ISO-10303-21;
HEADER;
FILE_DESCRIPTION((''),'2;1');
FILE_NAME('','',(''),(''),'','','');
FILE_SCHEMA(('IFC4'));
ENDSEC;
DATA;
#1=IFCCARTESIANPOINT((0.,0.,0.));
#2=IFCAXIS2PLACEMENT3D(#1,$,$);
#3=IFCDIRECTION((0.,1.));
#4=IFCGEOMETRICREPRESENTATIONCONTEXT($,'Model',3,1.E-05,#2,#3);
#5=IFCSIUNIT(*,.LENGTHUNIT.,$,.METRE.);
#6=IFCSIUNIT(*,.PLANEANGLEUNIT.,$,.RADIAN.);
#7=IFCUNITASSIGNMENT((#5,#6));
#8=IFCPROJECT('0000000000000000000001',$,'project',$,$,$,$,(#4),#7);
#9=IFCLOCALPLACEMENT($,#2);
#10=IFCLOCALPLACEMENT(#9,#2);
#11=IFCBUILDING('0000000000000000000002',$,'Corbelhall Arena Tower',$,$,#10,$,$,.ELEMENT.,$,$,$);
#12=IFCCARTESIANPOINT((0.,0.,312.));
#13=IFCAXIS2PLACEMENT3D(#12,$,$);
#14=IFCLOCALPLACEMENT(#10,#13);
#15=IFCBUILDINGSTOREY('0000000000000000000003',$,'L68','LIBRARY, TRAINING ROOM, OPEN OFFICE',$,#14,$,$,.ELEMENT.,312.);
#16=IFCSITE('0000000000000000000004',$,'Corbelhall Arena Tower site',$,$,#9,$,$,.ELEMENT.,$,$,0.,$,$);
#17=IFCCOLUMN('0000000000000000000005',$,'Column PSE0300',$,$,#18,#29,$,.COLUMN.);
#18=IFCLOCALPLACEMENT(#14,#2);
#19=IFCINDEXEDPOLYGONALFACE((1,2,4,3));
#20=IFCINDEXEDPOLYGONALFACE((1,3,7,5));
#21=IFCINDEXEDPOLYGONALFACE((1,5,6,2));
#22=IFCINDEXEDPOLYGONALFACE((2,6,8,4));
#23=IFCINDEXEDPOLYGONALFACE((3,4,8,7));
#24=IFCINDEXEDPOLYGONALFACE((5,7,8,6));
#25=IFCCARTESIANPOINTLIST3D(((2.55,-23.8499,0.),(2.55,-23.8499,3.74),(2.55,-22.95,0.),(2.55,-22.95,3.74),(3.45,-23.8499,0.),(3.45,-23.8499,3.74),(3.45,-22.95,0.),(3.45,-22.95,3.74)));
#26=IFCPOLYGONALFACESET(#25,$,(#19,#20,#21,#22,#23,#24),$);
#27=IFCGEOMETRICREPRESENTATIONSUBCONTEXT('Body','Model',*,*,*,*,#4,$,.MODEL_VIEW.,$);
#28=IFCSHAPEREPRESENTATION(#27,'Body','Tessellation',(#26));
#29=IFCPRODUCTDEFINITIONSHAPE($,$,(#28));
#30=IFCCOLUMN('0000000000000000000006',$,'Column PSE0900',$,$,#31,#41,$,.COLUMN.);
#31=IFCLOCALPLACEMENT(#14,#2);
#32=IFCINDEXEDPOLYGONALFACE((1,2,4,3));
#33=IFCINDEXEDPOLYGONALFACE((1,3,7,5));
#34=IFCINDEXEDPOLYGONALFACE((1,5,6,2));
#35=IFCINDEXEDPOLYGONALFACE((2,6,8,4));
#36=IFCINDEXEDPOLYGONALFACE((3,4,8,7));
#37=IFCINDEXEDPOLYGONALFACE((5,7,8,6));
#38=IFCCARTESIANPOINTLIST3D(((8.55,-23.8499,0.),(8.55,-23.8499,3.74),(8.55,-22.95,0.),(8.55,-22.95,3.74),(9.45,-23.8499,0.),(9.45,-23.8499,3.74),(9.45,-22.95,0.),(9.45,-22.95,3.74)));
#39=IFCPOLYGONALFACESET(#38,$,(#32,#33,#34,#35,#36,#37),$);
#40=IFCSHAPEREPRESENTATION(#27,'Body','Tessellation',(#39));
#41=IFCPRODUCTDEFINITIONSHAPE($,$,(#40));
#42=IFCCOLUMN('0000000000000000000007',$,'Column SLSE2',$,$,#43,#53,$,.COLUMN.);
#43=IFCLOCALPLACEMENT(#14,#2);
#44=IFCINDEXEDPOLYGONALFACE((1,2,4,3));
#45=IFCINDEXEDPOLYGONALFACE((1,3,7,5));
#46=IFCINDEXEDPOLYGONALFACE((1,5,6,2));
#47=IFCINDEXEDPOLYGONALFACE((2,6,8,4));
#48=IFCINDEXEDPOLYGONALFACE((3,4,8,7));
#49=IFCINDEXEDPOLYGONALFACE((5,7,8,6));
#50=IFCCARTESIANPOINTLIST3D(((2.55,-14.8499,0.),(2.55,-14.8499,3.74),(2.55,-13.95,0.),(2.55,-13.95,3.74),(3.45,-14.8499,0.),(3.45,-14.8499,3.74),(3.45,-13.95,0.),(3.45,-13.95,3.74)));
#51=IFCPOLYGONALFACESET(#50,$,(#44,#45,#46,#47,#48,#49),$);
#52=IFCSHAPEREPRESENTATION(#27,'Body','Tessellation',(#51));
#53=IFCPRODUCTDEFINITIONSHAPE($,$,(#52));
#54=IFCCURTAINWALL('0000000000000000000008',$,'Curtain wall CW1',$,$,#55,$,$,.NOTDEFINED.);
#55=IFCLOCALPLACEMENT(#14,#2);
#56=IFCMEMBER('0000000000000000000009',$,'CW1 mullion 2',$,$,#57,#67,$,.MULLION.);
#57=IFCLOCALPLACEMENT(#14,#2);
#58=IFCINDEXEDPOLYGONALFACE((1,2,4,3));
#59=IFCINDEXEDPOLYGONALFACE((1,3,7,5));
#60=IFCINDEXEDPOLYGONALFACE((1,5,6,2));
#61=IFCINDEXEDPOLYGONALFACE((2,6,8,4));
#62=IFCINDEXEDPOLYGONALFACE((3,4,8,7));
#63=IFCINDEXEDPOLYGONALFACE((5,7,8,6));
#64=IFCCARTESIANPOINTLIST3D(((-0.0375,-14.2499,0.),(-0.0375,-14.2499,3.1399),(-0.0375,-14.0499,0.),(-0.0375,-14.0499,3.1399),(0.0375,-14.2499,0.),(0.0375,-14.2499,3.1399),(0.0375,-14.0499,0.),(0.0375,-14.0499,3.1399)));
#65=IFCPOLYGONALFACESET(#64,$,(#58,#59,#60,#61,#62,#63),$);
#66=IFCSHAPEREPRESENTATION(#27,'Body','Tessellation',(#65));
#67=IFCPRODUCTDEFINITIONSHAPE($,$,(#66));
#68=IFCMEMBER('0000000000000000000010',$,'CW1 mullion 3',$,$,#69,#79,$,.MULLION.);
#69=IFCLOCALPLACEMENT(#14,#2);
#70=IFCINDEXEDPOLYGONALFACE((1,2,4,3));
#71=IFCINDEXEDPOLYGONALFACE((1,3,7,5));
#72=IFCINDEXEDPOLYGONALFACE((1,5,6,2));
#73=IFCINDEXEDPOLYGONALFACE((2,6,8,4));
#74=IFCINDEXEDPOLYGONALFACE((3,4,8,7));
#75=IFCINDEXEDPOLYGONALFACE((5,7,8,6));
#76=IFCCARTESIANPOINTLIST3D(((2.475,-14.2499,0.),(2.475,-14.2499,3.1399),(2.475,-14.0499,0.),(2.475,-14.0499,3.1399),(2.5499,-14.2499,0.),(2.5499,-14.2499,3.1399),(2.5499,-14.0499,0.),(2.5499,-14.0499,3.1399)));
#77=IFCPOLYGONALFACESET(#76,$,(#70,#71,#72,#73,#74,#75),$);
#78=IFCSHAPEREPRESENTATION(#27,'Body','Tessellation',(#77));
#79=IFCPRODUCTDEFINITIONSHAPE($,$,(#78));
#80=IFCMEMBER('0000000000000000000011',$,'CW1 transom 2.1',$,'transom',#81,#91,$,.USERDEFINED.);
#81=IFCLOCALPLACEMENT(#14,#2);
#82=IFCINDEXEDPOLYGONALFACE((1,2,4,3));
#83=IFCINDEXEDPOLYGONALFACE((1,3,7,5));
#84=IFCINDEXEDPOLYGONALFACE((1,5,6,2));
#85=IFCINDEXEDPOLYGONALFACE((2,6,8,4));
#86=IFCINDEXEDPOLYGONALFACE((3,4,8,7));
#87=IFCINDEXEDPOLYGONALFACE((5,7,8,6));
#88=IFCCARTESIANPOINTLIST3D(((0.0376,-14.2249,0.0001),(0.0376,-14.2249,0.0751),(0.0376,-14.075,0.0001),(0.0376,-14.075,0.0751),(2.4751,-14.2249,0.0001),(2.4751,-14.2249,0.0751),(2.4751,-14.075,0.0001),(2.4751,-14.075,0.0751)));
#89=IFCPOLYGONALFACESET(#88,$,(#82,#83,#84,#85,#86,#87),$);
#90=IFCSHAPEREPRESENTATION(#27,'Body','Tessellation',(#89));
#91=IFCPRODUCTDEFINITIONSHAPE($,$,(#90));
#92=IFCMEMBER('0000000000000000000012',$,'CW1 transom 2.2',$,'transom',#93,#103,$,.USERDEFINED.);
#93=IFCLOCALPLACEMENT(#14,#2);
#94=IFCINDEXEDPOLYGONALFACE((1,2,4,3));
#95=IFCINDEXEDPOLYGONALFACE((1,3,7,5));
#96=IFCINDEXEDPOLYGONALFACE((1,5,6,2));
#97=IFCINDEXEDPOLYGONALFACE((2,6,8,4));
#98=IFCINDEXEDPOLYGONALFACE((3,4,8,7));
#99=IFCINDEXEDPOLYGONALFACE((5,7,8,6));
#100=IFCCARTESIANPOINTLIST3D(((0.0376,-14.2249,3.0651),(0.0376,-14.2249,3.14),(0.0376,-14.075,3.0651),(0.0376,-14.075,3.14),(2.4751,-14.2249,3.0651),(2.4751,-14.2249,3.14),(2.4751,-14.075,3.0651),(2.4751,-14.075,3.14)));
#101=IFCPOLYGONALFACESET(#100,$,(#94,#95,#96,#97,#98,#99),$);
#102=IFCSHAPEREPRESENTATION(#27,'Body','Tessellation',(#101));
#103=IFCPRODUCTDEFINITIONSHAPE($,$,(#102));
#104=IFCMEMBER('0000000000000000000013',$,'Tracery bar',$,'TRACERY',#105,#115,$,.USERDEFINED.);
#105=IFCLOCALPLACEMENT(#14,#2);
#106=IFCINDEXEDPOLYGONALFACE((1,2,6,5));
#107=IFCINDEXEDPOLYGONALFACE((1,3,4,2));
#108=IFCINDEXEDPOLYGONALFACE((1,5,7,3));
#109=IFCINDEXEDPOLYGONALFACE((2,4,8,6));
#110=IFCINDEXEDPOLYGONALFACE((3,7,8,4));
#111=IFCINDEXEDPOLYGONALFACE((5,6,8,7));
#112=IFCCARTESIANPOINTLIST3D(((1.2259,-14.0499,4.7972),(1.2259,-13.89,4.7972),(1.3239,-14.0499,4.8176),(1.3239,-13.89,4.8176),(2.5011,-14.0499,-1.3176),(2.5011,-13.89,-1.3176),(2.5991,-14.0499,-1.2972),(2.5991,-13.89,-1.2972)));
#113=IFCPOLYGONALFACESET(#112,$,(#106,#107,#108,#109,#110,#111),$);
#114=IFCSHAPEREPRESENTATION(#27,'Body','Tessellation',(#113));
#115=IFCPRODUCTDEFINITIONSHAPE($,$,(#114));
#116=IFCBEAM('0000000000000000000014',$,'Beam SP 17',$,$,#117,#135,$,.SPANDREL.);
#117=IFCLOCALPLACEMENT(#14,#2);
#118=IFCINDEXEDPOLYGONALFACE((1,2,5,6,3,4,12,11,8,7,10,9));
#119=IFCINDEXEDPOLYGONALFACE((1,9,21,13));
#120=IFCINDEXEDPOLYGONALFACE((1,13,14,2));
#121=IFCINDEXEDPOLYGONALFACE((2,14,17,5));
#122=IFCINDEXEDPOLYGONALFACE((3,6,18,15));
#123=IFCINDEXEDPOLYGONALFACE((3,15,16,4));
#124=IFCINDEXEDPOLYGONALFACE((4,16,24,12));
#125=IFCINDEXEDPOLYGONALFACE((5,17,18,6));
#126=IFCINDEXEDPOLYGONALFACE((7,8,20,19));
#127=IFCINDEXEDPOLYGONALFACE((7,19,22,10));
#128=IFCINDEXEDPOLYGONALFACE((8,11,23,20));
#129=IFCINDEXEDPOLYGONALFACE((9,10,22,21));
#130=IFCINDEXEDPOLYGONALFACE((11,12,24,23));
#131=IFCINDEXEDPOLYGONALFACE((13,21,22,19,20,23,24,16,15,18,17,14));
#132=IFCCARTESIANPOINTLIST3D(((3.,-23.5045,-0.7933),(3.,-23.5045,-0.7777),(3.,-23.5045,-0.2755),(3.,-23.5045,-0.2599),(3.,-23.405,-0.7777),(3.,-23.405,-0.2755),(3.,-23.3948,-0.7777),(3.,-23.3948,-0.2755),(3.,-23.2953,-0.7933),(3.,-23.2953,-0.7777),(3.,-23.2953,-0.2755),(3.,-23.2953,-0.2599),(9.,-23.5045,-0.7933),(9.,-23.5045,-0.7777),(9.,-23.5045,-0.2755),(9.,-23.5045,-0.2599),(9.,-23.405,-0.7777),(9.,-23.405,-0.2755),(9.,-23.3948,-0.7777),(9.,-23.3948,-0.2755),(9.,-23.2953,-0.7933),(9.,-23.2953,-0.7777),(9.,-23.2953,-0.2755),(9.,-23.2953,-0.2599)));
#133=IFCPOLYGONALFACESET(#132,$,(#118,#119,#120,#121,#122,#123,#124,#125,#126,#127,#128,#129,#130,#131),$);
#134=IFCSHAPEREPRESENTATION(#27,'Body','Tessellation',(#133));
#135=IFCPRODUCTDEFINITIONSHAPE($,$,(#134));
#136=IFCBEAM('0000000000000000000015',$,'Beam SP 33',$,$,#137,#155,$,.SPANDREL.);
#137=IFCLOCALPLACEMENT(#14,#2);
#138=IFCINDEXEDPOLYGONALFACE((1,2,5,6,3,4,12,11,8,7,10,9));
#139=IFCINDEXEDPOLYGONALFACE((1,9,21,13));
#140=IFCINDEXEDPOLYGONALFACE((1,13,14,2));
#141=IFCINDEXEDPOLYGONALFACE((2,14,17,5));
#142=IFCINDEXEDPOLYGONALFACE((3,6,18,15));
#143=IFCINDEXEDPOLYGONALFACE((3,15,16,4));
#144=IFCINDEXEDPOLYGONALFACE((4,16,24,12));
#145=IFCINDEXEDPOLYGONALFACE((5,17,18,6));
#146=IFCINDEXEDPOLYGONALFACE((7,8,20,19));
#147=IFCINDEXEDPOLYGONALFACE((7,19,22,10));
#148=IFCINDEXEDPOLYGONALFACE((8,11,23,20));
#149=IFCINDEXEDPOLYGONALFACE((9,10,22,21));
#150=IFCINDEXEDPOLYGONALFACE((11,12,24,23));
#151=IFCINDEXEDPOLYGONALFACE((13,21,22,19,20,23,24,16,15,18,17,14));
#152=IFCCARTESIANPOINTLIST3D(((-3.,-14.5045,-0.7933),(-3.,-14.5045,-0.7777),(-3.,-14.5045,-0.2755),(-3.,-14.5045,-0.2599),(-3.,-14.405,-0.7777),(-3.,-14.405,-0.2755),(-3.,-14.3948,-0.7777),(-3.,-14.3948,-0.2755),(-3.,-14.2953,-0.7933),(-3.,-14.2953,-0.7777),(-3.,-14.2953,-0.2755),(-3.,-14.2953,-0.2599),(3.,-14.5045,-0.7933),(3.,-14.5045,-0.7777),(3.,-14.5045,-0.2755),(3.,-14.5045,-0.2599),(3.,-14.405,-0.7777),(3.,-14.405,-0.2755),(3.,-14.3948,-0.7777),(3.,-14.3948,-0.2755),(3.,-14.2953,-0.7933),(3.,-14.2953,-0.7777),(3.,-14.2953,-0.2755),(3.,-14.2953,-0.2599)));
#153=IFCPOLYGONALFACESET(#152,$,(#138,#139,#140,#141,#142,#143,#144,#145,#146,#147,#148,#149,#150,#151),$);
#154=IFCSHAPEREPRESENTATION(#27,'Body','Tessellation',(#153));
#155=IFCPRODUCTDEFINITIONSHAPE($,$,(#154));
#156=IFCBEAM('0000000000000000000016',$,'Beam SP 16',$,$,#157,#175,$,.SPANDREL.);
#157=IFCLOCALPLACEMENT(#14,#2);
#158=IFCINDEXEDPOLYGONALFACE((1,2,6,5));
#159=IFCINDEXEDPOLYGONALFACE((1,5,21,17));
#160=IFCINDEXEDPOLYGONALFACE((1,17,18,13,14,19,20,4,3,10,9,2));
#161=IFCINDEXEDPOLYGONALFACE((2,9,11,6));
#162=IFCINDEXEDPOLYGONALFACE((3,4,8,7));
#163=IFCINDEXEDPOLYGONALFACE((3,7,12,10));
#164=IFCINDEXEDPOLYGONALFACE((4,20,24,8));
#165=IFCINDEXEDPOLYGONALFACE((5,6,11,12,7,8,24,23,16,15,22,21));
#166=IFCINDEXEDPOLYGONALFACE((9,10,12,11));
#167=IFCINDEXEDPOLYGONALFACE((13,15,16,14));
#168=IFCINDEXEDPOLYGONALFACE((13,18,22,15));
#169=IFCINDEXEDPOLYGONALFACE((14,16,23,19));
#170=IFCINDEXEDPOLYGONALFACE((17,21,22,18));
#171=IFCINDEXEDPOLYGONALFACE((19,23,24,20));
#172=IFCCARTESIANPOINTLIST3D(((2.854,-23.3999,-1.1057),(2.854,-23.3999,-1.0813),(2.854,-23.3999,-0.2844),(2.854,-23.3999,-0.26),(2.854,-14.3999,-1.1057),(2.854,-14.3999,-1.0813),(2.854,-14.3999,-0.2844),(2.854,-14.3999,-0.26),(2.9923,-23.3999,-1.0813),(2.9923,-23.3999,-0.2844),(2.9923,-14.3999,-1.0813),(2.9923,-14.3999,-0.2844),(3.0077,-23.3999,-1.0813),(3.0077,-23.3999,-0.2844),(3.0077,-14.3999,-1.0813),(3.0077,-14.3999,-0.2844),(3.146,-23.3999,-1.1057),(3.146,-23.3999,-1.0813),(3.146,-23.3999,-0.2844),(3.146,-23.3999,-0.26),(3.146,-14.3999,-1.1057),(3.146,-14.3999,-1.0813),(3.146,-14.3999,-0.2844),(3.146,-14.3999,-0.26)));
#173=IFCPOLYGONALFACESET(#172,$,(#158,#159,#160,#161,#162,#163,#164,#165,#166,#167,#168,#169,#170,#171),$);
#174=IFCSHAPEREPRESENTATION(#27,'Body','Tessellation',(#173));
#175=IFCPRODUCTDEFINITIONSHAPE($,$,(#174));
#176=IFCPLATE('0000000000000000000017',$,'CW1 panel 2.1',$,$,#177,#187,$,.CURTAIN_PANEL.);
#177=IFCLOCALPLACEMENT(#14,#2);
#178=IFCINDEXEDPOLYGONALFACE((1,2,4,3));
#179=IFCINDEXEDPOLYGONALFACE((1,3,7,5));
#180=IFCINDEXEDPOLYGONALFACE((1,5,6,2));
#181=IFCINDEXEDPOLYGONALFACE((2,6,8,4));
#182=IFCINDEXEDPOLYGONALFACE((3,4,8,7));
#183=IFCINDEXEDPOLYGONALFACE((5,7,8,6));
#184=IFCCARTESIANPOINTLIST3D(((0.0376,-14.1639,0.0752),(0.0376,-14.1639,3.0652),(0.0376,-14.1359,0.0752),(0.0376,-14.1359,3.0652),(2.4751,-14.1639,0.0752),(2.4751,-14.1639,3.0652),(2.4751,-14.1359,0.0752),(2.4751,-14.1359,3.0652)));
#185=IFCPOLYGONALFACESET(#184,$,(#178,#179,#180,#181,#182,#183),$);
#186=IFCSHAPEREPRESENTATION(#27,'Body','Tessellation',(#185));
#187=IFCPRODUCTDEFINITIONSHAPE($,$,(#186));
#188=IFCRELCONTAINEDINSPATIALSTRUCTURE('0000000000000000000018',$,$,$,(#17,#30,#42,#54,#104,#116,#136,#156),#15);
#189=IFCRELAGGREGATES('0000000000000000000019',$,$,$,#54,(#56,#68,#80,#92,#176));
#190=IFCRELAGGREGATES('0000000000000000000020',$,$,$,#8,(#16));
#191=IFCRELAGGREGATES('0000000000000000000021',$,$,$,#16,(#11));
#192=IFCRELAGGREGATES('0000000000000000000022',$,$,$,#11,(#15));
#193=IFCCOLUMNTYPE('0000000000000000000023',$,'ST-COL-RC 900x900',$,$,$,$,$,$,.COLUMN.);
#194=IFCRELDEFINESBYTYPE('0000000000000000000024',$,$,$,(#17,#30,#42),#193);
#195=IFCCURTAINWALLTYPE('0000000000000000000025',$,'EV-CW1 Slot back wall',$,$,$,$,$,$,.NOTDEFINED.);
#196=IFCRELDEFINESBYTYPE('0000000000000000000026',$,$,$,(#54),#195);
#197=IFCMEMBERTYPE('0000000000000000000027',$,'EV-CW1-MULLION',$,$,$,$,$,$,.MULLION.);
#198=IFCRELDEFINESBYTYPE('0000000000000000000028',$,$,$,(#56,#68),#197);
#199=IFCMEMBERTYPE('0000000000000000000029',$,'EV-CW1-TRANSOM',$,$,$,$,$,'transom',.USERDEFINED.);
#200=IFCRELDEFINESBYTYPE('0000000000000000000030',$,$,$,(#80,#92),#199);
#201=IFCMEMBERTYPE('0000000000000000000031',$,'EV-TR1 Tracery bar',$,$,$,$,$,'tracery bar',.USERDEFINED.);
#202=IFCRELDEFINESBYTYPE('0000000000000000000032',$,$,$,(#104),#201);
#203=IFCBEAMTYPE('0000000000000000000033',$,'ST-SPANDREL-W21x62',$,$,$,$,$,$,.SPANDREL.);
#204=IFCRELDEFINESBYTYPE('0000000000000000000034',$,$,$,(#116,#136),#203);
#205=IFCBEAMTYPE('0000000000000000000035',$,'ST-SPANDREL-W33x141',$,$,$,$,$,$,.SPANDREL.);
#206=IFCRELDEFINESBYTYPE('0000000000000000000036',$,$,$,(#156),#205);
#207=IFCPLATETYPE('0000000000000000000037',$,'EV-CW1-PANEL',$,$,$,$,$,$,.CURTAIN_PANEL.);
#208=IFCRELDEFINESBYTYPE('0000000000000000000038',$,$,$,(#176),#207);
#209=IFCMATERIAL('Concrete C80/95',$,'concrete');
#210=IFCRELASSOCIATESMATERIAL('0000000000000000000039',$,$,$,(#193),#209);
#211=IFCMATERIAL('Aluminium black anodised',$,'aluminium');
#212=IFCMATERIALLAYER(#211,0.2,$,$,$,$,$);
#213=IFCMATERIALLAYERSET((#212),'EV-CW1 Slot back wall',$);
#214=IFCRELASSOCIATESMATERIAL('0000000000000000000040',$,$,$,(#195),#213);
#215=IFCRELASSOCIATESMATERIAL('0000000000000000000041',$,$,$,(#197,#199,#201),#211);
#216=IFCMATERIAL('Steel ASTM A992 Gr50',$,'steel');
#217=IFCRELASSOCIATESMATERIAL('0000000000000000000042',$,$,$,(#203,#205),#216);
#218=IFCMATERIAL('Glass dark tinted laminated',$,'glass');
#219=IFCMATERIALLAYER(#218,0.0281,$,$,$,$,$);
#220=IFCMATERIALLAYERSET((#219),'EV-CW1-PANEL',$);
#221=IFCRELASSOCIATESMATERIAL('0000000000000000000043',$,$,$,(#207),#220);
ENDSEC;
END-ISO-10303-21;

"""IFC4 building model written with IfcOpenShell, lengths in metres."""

from ifc_helpers import new_model, si_unit, direction, frame, origin, origin_2d, place, context, subcontext, project, spatial, rectangle, i_section, extrude, material, layer, layer_set, material_profile, profile_set, type_object, element, aggregate, save


model = new_model("IFC4")

# Units and contexts
model_context = context("Model", 3, precision=1e-05, world=origin(), true_north=direction((0.0, 1.0)))
body_context = subcontext(model_context, "Body", "Model", "MODEL_VIEW")
ifc_project = project(units=[si_unit("LENGTHUNIT", "METRE"), si_unit("PLANEANGLEUNIT", "RADIAN")], contexts=[model_context])

# Site, building, storey
site_placement = place(None, origin())
site = spatial("IfcSite", under=ifc_project, at=site_placement, Name="Corbelhall Arena Tower site", CompositionType="ELEMENT", RefElevation=0.0)
building_placement = place(site_placement, origin())
building = spatial("IfcBuilding", under=site, at=building_placement, Name="Corbelhall Arena Tower", CompositionType="ELEMENT")
storey_placement = place(building_placement, frame((0.0, 0.0, 312.0)))
storey = spatial("IfcBuildingStorey", under=building, at=storey_placement, Name="L68", Description="LIBRARY, TRAINING ROOM, OPEN OFFICE", CompositionType="ELEMENT", Elevation=312.0)

# Columns
ifc_material_1 = material(Name="Concrete C80/95", Category="concrete")
ifc_material_profile_1 = material_profile(ifc_material_1, rectangle(XDim=0.8999, YDim=0.8999, at=origin_2d()))
ifc_profile_set_1 = profile_set([ifc_material_profile_1], Name="Concrete C80/95")
column_type = type_object("IfcColumnType", Name="ST-COL-RC 900x900", PredefinedType="COLUMN", material=ifc_profile_set_1)
for number, where, z_axis, x_axis, name in (
    (1, (3.0, -23.3999, 0.0), (0.0, 0.0, 1.0), (1.0, 0.0, 0.0), "Column PSE0300"),
    (2, (9.0, -23.3999, 0.0), (0.0, 0.0, 1.0), (1.0, 0.0, 0.0), "Column PSE0900"),
    (3, (3.0, -14.3999, 0.0), (0.0, 0.0, 1.0), (1.0, 0.0, 0.0), "Column SLSE2"),
):
    element("IfcColumn", number, at=place(storey_placement, frame(where, z_axis=z_axis, x_axis=x_axis)), inside=storey, type_object=column_type, Name=name, PredefinedType="COLUMN", context=body_context, shape_type="SweptSolid", body=[
        extrude(rectangle(XDim=0.8999, YDim=0.8999, at=origin_2d()), origin(), (0.0, 0.0, 1.0), 3.74),
    ])

# Curtain wall, members
ifc_material_2 = material(Name="Aluminium black anodised", Category="aluminium")
ifc_layer_1 = layer(ifc_material_2, 0.2)
ifc_layer_set_1 = layer_set([ifc_layer_1], Name="EV-CW1 Slot back wall")
curtain_wall_type = type_object("IfcCurtainWallType", Name="EV-CW1 Slot back wall", PredefinedType="NOTDEFINED", material=ifc_layer_set_1)
curtain_wall_placement = place(storey_placement, origin())
curtain_wall = element("IfcCurtainWall", 4, at=curtain_wall_placement, inside=storey, type_object=curtain_wall_type, Name="Curtain wall CW1", PredefinedType="NOTDEFINED")
ifc_material_profile_2 = material_profile(ifc_material_2, rectangle(XDim=0.2, YDim=0.075, at=origin_2d()))
ifc_profile_set_2 = profile_set([ifc_material_profile_2], Name="Aluminium black anodised")
member_type_1 = type_object("IfcMemberType", Name="EV-CW1-MULLION", PredefinedType="MULLION", material=ifc_profile_set_2)
member_1_placement = place(storey_placement, frame((0.0, -14.1499, 0.0), z_axis=(0.0, 0.0, 1.0), x_axis=(0.0, 1.0, 0.0)))
member_1 = element("IfcMember", 5, at=member_1_placement, type_object=member_type_1, Name="CW1 mullion 2", PredefinedType="MULLION", context=body_context, shape_type="SweptSolid", body=[
    extrude(rectangle(XDim=0.2, YDim=0.075, at=origin_2d()), origin(), (0.0, 0.0, 1.0), 3.1399),
])
member_2_placement = place(storey_placement, frame((2.5125, -14.1499, 0.0), z_axis=(0.0, 0.0, 1.0), x_axis=(0.0, 1.0, 0.0)))
member_2 = element("IfcMember", 6, at=member_2_placement, type_object=member_type_1, Name="CW1 mullion 3", PredefinedType="MULLION", context=body_context, shape_type="SweptSolid", body=[
    extrude(rectangle(XDim=0.2, YDim=0.075, at=origin_2d()), origin(), (0.0, 0.0, 1.0), 3.1399),
])
ifc_material_profile_3 = material_profile(ifc_material_2, rectangle(XDim=0.1499, YDim=0.075, at=origin_2d()))
ifc_profile_set_3 = profile_set([ifc_material_profile_3], Name="Aluminium black anodised")
member_type_2 = type_object("IfcMemberType", Name="EV-CW1-TRANSOM", ElementType="transom", PredefinedType="USERDEFINED", material=ifc_profile_set_3)
member_3_placement = place(storey_placement, frame((0.0376, -14.1499, 0.0376), z_axis=(1.0, 0.0, 0.0), x_axis=(0.0, 1.0, 0.0)))
member_3 = element("IfcMember", 7, at=member_3_placement, type_object=member_type_2, Name="CW1 transom 2.1", ObjectType="transom", PredefinedType="USERDEFINED", context=body_context, shape_type="SweptSolid", body=[
    extrude(rectangle(XDim=0.1499, YDim=0.075, at=origin_2d()), origin(), (0.0, 0.0, 1.0), 2.4375),
])
member_4_placement = place(storey_placement, frame((0.0376, -14.1499, 3.1025), z_axis=(1.0, 0.0, 0.0), x_axis=(0.0, 1.0, 0.0)))
member_4 = element("IfcMember", 8, at=member_4_placement, type_object=member_type_2, Name="CW1 transom 2.2", ObjectType="transom", PredefinedType="USERDEFINED", context=body_context, shape_type="SweptSolid", body=[
    extrude(rectangle(XDim=0.1499, YDim=0.075, at=origin_2d()), origin(), (0.0, 0.0, 1.0), 2.4375),
])

# Member
ifc_material_profile_4 = material_profile(ifc_material_2, rectangle(XDim=0.1599, YDim=0.1001, at=origin_2d()))
ifc_profile_set_4 = profile_set([ifc_material_profile_4], Name="Aluminium black anodised")
member_type_3 = type_object("IfcMemberType", Name="EV-TR1 Tracery bar", ElementType="tracery bar", PredefinedType="USERDEFINED", material=ifc_profile_set_4)
member_5_placement = place(storey_placement, frame((1.2749, -13.97, 4.8074), z_axis=(0.204145, 0.0, -0.978941), x_axis=(0.0, 1.0, 0.0)))
element("IfcMember", 9, at=member_5_placement, inside=storey, type_object=member_type_3, Name="Tracery bar", ObjectType="TRACERY", PredefinedType="USERDEFINED", context=body_context, shape_type="SweptSolid", body=[
    extrude(rectangle(XDim=0.1599, YDim=0.1001, at=origin_2d()), origin(), (0.0, 0.0, 1.0), 6.2463),
])

# Beams
ifc_material_3 = material(Name="Steel ASTM A992 Gr50", Category="steel")
ifc_material_profile_5 = material_profile(ifc_material_3, i_section(OverallWidth=0.2092, OverallDepth=0.5334, WebThickness=0.0103, FlangeThickness=0.0156, at=origin_2d()))
ifc_profile_set_5 = profile_set([ifc_material_profile_5], Name="Steel ASTM A992 Gr50")
beam_type_1 = type_object("IfcBeamType", Name="ST-SPANDREL-W21x62", PredefinedType="SPANDREL", material=ifc_profile_set_5)
for number, where, z_axis, x_axis, name in (
    (10, (9.0, -23.3999, -0.5266), (-1.0, 0.0, 0.0), (0.0, -1.0, 0.0), "Beam SP 17"),
    (11, (3.0, -14.3999, -0.5266), (-1.0, 0.0, 0.0), (0.0, -1.0, 0.0), "Beam SP 33"),
):
    element("IfcBeam", number, at=place(storey_placement, frame(where, z_axis=z_axis, x_axis=x_axis)), inside=storey, type_object=beam_type_1, Name=name, PredefinedType="SPANDREL", context=body_context, shape_type="SweptSolid", body=[
        extrude(i_section(OverallWidth=0.2092, OverallDepth=0.5334, WebThickness=0.0103, FlangeThickness=0.0156, at=origin_2d()), origin(), (0.0, 0.0, 1.0), 6.0),
    ])
ifc_material_profile_6 = material_profile(ifc_material_3, i_section(OverallWidth=0.292, OverallDepth=0.8457, WebThickness=0.0154, FlangeThickness=0.0244, at=origin_2d()))
ifc_profile_set_6 = profile_set([ifc_material_profile_6], Name="Steel ASTM A992 Gr50")
beam_type_2 = type_object("IfcBeamType", Name="ST-SPANDREL-W33x141", PredefinedType="SPANDREL", material=ifc_profile_set_6)
beam_placement = place(storey_placement, frame((3.0, -23.3999, -0.6829), z_axis=(0.0, 1.0, 0.0), x_axis=(-1.0, 0.0, 0.0)))
element("IfcBeam", 12, at=beam_placement, inside=storey, type_object=beam_type_2, Name="Beam SP 16", PredefinedType="SPANDREL", context=body_context, shape_type="SweptSolid", body=[
    extrude(i_section(OverallWidth=0.292, OverallDepth=0.8457, WebThickness=0.0154, FlangeThickness=0.0244, at=origin_2d()), origin(), (0.0, 0.0, 1.0), 9.0),
])

# Plate
ifc_material_4 = material(Name="Glass dark tinted laminated", Category="glass")
ifc_layer_2 = layer(ifc_material_4, 0.0281)
ifc_layer_set_2 = layer_set([ifc_layer_2], Name="EV-CW1-PANEL")
plate_type = type_object("IfcPlateType", Name="EV-CW1-PANEL", PredefinedType="CURTAIN_PANEL", material=ifc_layer_set_2)
plate_placement = place(storey_placement, frame((1.2563, -14.1499, 0.0752), z_axis=(0.0, 0.0, 1.0), x_axis=(1.0, 0.0, 0.0)))
plate = element("IfcPlate", 13, at=plate_placement, type_object=plate_type, Name="CW1 panel 2.1", PredefinedType="CURTAIN_PANEL", context=body_context, shape_type="SweptSolid", body=[
    extrude(rectangle(XDim=2.4375, YDim=0.0281, at=origin_2d()), origin(), (0.0, 0.0, 1.0), 2.99),
])
aggregate(curtain_wall, [member_1, member_2, member_3, member_4, plate])

save(model, "model.ifc")
